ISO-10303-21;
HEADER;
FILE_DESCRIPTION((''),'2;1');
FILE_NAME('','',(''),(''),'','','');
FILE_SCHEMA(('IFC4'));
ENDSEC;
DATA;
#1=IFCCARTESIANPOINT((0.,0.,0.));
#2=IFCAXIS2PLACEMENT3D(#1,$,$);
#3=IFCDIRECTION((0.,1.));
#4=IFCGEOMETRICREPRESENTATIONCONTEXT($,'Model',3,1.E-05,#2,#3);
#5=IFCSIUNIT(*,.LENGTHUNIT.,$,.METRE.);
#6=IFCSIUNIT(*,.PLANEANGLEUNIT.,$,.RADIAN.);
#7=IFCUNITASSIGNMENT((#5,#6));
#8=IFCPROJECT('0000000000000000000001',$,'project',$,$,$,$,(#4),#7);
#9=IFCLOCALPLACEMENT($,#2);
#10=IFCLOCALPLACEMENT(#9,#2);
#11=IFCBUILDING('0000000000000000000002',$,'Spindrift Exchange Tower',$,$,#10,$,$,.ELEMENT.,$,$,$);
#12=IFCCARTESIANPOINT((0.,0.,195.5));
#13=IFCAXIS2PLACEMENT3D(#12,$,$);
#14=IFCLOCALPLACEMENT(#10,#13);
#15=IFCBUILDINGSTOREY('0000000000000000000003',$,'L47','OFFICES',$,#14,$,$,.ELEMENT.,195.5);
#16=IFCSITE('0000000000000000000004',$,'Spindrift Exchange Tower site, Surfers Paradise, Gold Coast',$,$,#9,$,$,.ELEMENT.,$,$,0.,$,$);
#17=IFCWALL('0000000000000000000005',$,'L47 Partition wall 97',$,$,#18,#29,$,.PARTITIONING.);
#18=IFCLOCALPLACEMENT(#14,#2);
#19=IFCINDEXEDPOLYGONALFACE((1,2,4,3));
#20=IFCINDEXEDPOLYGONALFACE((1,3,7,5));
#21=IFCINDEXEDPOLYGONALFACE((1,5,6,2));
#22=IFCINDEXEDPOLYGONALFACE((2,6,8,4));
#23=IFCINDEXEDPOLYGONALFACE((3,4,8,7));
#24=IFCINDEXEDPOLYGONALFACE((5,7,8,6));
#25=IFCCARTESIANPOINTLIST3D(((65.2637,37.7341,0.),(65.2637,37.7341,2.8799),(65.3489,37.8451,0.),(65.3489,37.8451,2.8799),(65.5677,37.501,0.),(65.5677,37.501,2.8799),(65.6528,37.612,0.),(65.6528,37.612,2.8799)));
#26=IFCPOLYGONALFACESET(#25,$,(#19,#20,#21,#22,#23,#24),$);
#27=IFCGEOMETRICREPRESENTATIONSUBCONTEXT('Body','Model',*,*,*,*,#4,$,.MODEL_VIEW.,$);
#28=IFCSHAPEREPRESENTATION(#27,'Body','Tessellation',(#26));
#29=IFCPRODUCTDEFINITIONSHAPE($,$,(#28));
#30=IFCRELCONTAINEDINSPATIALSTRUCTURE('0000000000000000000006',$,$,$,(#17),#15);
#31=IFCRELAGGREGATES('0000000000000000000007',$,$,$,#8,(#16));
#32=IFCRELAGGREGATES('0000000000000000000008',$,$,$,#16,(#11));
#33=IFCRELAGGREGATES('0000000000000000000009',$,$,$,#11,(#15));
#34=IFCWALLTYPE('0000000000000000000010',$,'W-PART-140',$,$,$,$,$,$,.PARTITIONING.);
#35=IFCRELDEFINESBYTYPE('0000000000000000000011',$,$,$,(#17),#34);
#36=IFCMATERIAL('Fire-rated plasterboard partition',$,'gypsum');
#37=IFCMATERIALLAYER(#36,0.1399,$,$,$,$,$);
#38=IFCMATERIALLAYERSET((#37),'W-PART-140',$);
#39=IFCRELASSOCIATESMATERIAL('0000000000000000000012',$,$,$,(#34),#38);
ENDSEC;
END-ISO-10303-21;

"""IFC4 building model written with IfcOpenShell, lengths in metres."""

from ifc_helpers import new_model, si_unit, direction, frame, frame_2d, origin, place, context, subcontext, project, spatial, rectangle, extrude, material, layer, layer_set, type_object, element, save


model = new_model("IFC4")

# Units and contexts
model_context = context("Model", 3, precision=1e-05, world=origin(), true_north=direction((0.0, 1.0)))
body_context = subcontext(model_context, "Body", "Model", "MODEL_VIEW")
ifc_project = project(units=[si_unit("LENGTHUNIT", "METRE"), si_unit("PLANEANGLEUNIT", "RADIAN")], contexts=[model_context])

# Site, building, storey
site_placement = place(None, origin())
site = spatial("IfcSite", under=ifc_project, at=site_placement, Name="Spindrift Exchange Tower site, Surfers Paradise, Gold Coast", CompositionType="ELEMENT", RefElevation=0.0)
building_placement = place(site_placement, origin())
building = spatial("IfcBuilding", under=site, at=building_placement, Name="Spindrift Exchange Tower", CompositionType="ELEMENT")
storey_placement = place(building_placement, frame((0.0, 0.0, 195.5)))
storey = spatial("IfcBuildingStorey", under=building, at=storey_placement, Name="L47", Description="OFFICES", CompositionType="ELEMENT", Elevation=195.5)

# Shared definitions
ifc_material_1 = material(Name="Fire-rated plasterboard partition", Category="gypsum")

# Shared definitions
ifc_layer_1 = layer(ifc_material_1, 0.1399)
ifc_layer_set_1 = layer_set([ifc_layer_1], Name="W-PART-140")
wall_type_1 = type_object("IfcWallType", Name="W-PART-140", PredefinedType="PARTITIONING", material=ifc_layer_set_1)

# Wall
wall_1_placement = place(storey_placement, frame((65.3064, 37.7896, 0.0), z_axis=(0.0, 0.0, 1.0), x_axis=(0.793452, -0.608632, 0.0)))
element("IfcWall", 1, at=wall_1_placement, inside=storey, type_object=wall_type_1, Name="L47 Partition wall 97", PredefinedType="PARTITIONING", context=body_context, shape_type="SweptSolid", body=[
    extrude(rectangle(XDim=0.3831, YDim=0.1399, at=frame_2d((0.1914, 0.0))), origin(), (0.0, 0.0, 1.0), 2.8799),
])

save(model, "model.ifc")
